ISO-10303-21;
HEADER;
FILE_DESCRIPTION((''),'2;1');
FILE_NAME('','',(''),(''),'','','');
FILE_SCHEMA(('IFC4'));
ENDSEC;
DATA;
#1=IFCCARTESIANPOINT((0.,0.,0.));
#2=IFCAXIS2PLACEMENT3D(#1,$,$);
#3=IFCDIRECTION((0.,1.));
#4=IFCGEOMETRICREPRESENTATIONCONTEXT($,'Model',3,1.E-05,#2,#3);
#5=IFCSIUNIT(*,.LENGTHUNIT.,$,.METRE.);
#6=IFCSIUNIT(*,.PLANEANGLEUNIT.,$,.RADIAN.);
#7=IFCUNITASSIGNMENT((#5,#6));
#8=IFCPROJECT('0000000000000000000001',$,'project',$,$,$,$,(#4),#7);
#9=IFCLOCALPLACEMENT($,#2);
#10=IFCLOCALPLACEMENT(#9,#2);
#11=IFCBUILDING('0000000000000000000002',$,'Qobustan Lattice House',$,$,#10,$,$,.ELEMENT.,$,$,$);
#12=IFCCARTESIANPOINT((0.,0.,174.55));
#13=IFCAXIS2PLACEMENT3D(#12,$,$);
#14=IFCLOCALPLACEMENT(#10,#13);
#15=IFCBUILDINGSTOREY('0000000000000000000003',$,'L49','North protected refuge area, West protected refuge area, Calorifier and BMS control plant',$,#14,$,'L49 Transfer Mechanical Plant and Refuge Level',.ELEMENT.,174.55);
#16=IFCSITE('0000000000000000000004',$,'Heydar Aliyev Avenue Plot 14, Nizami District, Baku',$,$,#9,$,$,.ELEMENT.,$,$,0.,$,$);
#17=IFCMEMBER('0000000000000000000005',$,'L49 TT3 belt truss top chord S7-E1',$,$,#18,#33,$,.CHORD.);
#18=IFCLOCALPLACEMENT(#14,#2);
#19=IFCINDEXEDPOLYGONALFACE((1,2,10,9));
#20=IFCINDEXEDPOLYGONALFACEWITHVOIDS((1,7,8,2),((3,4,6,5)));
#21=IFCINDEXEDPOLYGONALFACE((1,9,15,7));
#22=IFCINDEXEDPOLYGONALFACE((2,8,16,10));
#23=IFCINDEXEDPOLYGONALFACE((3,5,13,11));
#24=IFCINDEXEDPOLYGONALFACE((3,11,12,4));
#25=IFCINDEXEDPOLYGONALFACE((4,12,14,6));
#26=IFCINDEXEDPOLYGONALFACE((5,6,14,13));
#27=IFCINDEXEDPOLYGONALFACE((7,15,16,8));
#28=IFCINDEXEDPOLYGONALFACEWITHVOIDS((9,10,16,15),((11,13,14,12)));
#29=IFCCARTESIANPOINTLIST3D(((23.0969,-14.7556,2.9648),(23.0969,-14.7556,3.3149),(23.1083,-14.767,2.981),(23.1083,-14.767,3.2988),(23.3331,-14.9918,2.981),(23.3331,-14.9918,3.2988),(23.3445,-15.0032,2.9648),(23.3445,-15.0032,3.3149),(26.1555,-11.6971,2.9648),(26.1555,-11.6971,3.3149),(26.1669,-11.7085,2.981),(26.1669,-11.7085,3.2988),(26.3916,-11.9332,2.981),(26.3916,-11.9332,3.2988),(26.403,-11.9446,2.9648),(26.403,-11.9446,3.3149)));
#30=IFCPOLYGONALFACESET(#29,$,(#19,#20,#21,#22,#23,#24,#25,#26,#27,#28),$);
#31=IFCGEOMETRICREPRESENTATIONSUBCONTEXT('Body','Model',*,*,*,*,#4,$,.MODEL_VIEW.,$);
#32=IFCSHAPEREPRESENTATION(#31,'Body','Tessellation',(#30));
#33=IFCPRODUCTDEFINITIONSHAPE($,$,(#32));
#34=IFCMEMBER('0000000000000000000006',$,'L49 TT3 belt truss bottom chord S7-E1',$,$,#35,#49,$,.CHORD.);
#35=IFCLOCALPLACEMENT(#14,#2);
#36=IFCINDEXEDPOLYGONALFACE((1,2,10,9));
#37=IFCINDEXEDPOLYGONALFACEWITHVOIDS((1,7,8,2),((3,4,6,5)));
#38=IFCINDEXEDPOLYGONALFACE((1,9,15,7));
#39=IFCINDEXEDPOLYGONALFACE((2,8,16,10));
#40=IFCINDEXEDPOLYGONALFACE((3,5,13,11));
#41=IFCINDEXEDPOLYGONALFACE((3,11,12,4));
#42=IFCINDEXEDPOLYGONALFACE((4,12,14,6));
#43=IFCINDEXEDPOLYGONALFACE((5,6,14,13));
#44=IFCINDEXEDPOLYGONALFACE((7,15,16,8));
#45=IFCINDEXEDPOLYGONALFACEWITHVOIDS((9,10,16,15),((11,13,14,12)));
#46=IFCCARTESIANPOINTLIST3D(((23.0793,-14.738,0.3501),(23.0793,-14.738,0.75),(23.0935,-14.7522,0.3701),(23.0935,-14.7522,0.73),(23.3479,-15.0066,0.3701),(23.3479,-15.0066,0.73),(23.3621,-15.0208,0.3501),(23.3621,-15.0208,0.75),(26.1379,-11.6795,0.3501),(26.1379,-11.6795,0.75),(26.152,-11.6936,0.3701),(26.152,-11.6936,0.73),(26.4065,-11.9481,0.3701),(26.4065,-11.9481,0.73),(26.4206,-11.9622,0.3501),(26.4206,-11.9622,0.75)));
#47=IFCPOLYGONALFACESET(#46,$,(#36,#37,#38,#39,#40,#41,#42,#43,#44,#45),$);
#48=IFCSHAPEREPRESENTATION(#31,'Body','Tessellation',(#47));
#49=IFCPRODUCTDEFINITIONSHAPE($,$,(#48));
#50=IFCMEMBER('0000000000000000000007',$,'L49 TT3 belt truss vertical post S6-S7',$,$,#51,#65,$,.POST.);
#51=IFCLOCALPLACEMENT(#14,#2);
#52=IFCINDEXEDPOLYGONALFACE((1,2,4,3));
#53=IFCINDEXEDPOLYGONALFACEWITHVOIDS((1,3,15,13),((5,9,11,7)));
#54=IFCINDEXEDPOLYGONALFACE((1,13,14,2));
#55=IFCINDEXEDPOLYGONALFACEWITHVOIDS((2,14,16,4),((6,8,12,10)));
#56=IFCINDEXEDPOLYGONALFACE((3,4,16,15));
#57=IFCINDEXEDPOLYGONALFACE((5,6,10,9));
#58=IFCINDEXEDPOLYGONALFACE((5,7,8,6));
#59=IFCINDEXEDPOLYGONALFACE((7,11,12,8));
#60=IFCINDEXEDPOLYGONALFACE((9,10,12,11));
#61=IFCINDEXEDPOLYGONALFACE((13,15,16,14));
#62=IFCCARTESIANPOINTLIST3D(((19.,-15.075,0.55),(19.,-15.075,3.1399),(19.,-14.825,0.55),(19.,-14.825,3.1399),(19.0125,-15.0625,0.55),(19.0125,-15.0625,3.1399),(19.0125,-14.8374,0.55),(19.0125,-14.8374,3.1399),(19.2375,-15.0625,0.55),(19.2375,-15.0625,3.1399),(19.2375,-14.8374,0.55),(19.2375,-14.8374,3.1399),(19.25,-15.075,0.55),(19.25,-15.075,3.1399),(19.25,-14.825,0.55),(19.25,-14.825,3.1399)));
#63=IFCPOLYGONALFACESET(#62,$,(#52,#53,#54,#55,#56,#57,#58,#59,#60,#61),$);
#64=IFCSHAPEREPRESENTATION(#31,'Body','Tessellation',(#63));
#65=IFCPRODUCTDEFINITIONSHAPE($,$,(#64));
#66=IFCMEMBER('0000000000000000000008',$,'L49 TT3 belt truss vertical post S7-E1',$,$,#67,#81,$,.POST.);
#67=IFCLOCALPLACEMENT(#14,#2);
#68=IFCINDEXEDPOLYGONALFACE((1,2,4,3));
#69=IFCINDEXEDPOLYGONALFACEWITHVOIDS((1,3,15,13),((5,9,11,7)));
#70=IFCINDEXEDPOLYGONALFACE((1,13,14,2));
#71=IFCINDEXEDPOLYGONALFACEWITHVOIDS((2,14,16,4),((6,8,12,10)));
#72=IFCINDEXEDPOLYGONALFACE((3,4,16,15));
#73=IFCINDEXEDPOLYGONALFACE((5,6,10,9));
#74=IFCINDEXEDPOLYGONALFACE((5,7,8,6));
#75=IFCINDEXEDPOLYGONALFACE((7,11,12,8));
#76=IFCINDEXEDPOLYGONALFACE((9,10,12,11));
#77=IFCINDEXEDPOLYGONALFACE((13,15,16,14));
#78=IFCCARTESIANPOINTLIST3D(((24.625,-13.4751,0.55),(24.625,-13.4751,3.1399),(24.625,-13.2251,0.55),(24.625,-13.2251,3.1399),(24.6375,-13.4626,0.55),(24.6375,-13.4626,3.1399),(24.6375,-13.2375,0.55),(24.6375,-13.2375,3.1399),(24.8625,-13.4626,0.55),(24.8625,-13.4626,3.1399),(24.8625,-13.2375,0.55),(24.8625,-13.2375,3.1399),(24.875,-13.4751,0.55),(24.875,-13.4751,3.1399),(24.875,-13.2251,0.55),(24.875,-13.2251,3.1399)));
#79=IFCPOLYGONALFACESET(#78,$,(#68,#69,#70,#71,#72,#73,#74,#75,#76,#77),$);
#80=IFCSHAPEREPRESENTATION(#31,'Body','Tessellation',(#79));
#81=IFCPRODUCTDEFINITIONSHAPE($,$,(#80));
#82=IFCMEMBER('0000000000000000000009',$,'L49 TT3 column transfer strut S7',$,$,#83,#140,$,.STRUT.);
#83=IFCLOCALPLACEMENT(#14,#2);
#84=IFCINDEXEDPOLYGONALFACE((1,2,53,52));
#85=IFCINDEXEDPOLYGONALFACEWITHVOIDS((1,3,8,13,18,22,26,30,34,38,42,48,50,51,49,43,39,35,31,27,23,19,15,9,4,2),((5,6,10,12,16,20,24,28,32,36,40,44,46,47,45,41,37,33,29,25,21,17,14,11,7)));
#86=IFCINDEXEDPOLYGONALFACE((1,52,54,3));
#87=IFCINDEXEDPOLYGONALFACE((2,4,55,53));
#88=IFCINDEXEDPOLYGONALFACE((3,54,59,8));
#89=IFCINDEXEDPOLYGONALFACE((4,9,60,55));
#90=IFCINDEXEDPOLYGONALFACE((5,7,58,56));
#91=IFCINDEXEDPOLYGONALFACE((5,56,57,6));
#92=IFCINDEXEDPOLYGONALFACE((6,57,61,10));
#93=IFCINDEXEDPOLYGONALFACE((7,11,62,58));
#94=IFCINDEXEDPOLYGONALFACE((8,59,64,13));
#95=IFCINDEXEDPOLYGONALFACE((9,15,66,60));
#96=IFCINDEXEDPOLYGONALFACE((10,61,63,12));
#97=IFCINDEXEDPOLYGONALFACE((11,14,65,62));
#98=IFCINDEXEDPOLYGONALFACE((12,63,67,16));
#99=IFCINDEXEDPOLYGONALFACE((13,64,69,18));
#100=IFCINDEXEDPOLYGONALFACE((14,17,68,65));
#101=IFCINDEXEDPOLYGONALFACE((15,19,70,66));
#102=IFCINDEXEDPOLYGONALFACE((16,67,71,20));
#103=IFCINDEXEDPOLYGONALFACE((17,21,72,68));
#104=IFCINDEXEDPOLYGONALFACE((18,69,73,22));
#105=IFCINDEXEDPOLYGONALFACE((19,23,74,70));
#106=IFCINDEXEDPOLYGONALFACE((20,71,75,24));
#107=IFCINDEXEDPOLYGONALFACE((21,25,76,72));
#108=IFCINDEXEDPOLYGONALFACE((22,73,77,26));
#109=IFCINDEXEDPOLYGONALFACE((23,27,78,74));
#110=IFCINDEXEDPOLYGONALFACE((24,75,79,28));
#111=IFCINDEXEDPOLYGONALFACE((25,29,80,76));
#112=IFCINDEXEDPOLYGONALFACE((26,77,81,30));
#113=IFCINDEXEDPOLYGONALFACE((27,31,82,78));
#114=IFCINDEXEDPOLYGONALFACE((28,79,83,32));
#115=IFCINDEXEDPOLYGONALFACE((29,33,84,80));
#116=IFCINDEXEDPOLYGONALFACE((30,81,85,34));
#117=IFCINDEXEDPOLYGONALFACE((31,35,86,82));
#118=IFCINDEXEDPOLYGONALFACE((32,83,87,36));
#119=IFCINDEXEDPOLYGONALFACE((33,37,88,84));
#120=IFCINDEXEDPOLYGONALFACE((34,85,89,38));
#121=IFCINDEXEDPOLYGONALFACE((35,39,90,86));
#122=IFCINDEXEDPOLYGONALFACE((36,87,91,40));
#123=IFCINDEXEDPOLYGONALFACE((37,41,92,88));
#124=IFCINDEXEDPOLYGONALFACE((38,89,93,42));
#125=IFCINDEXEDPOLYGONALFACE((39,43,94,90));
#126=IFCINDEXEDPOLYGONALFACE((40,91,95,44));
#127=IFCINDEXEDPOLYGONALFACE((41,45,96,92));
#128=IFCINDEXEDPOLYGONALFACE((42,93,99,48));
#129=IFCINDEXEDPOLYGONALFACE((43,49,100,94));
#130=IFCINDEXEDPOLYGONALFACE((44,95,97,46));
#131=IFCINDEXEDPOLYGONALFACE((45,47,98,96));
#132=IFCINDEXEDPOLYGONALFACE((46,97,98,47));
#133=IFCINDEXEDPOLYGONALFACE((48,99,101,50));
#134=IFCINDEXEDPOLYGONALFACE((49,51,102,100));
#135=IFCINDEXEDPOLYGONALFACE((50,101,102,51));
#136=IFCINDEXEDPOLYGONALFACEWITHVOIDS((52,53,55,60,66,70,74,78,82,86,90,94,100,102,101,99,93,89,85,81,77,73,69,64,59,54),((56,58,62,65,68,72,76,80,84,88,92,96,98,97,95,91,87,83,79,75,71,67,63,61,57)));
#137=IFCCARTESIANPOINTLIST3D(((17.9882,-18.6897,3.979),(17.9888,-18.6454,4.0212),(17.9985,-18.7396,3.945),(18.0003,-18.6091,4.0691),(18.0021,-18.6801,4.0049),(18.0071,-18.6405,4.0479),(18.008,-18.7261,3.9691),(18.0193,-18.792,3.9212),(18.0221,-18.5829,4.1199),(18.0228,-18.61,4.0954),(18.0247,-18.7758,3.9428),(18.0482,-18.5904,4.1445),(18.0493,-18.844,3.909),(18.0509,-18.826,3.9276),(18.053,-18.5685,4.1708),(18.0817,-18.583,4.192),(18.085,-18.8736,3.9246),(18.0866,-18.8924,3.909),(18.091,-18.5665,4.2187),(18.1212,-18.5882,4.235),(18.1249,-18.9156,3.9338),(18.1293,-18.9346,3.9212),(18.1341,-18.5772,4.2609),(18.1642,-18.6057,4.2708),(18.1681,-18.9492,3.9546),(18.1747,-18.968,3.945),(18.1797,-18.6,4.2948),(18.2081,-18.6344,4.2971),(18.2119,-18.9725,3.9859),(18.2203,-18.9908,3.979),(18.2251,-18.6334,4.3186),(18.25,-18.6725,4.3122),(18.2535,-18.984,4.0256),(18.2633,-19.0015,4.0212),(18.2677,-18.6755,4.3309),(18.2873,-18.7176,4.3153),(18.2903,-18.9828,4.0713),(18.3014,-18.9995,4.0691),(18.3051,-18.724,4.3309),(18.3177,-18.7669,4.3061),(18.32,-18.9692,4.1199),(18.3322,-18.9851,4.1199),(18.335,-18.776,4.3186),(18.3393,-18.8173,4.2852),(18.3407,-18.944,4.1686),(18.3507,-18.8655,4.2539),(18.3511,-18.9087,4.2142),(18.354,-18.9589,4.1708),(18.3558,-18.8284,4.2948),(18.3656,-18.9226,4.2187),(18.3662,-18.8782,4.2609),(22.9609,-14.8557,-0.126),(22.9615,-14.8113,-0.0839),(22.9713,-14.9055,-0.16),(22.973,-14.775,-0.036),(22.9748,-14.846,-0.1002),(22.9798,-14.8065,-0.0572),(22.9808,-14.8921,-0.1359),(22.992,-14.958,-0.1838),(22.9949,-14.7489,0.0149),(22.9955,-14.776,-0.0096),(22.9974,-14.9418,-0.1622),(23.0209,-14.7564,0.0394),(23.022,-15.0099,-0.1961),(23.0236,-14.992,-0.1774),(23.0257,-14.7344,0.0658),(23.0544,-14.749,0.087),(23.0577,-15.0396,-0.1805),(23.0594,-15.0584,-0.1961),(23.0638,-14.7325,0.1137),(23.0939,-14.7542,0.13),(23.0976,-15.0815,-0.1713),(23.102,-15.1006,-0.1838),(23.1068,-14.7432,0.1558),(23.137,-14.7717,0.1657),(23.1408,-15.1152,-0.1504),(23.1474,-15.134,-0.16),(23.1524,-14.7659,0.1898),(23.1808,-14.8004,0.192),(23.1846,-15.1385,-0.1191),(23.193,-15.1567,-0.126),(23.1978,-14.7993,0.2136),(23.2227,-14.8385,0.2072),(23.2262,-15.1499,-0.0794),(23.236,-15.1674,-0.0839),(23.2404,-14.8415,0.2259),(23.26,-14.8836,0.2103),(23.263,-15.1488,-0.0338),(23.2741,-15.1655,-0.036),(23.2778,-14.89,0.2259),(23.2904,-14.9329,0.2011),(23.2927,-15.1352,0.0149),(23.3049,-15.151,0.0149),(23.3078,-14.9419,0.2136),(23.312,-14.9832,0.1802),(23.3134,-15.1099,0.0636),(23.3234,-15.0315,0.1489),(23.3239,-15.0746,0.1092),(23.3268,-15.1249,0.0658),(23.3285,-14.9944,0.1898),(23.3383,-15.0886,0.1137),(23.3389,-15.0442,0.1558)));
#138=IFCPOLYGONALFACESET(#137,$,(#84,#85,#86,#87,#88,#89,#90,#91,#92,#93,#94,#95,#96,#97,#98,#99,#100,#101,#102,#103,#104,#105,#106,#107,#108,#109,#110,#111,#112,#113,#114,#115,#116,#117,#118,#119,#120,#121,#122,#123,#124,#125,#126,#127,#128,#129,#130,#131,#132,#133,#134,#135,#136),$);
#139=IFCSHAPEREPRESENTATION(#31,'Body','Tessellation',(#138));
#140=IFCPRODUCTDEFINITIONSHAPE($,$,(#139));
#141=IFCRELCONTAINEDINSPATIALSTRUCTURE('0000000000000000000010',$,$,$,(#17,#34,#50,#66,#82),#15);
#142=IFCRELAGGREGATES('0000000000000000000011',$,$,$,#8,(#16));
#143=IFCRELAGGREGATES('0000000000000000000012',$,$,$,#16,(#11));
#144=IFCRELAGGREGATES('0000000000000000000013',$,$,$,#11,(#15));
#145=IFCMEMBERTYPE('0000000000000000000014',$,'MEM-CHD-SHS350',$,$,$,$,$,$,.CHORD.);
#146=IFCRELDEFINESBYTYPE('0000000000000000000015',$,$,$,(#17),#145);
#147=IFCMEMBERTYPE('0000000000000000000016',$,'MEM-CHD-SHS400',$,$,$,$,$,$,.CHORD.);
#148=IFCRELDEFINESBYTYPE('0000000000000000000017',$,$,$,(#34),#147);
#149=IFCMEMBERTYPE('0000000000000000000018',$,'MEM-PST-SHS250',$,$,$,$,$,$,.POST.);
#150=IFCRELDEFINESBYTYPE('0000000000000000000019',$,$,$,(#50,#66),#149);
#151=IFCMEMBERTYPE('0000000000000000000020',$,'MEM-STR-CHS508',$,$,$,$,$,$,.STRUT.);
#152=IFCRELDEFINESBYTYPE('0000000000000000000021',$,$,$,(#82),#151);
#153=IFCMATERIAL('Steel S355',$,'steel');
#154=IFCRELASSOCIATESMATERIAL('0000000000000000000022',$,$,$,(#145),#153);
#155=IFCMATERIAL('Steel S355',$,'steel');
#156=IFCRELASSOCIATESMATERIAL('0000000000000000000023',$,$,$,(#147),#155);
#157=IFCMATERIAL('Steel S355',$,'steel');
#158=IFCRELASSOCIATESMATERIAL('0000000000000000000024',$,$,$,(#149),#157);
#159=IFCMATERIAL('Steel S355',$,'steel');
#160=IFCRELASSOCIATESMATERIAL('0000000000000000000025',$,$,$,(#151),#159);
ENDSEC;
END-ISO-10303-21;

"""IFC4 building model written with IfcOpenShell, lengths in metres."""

from ifc_helpers import new_model, si_unit, direction, frame, origin, origin_2d, place, context, subcontext, project, spatial, hollow_rectangle, hollow_circle, extrude, material, material_profile, profile_set, type_object, element, save


model = new_model("IFC4")

# Units and contexts
model_context = context("Model", 3, precision=1e-05, world=origin(), true_north=direction((0.0, 1.0)))
body_context = subcontext(model_context, "Body", "Model", "MODEL_VIEW")
ifc_project = project(units=[si_unit("LENGTHUNIT", "METRE"), si_unit("PLANEANGLEUNIT", "RADIAN")], contexts=[model_context])

# Site, building, storey
site_placement = place(None, origin())
site = spatial("IfcSite", under=ifc_project, at=site_placement, Name="Heydar Aliyev Avenue Plot 14, Nizami District, Baku", CompositionType="ELEMENT", RefElevation=0.0)
building_placement = place(site_placement, origin())
building = spatial("IfcBuilding", under=site, at=building_placement, Name="Qobustan Lattice House", CompositionType="ELEMENT")
storey_placement = place(building_placement, frame((0.0, 0.0, 174.55)))
storey = spatial("IfcBuildingStorey", under=building, at=storey_placement, Name="L49", Description="North protected refuge area, West protected refuge area, Calorifier and BMS control plant", LongName="L49 Transfer Mechanical Plant and Refuge Level", CompositionType="ELEMENT", Elevation=174.55)

# Members
ifc_material_1 = material(Name="Steel S355", Category="steel")
ifc_material_profile_1 = material_profile(ifc_material_1, hollow_rectangle(XDim=0.3501, YDim=0.3501, WallThickness=0.0161, at=origin_2d()), Name="SHS350x350x16")
ifc_profile_set_1 = profile_set([ifc_material_profile_1], Name="Steel S355")
member_type_1 = type_object("IfcMemberType", Name="MEM-CHD-SHS350", PredefinedType="CHORD", material=ifc_profile_set_1)
member_1_placement = place(storey_placement, frame((23.2207, -14.8794, 3.1399), z_axis=(0.707107, 0.707107, 0.0), x_axis=(-0.707107, 0.707107, 0.0)))
element("IfcMember", 1, at=member_1_placement, inside=storey, type_object=member_type_1, Name="L49 TT3 belt truss top chord S7-E1", PredefinedType="CHORD", context=body_context, shape_type="SweptSolid", body=[
    extrude(hollow_rectangle(XDim=0.3501, YDim=0.3501, WallThickness=0.0161, at=origin_2d()), origin(), (0.0, 0.0, 1.0), 4.3254),
])
ifc_material_2 = material(Name="Steel S355", Category="steel")
ifc_material_profile_2 = material_profile(ifc_material_2, hollow_rectangle(XDim=0.3999, YDim=0.3999, WallThickness=0.02, at=origin_2d()), Name="SHS400x400x20")
ifc_profile_set_2 = profile_set([ifc_material_profile_2], Name="Steel S355")
member_type_2 = type_object("IfcMemberType", Name="MEM-CHD-SHS400", PredefinedType="CHORD", material=ifc_profile_set_2)
member_2_placement = place(storey_placement, frame((23.2207, -14.8794, 0.55), z_axis=(0.707107, 0.707107, 0.0), x_axis=(-0.707107, 0.707107, 0.0)))
element("IfcMember", 2, at=member_2_placement, inside=storey, type_object=member_type_2, Name="L49 TT3 belt truss bottom chord S7-E1", PredefinedType="CHORD", context=body_context, shape_type="SweptSolid", body=[
    extrude(hollow_rectangle(XDim=0.3999, YDim=0.3999, WallThickness=0.02, at=origin_2d()), origin(), (0.0, 0.0, 1.0), 4.3254),
])
ifc_material_3 = material(Name="Steel S355", Category="steel")
ifc_material_profile_3 = material_profile(ifc_material_3, hollow_rectangle(XDim=0.25, YDim=0.25, WallThickness=0.0125, at=origin_2d()), Name="SHS250x250x12.5")
ifc_profile_set_3 = profile_set([ifc_material_profile_3], Name="Steel S355")
member_type_3 = type_object("IfcMemberType", Name="MEM-PST-SHS250", PredefinedType="POST", material=ifc_profile_set_3)
for number, where, z_axis, x_axis, name in (
    (3, (19.125, -14.95, 0.55), (0.0, 0.0, 1.0), (1.0, 0.0, 0.0), "L49 TT3 belt truss vertical post S6-S7"),
    (4, (24.75, -13.3501, 0.55), (0.0, 0.0, 1.0), (1.0, 0.0, 0.0), "L49 TT3 belt truss vertical post S7-E1"),
):
    element("IfcMember", number, at=place(storey_placement, frame(where, z_axis=z_axis, x_axis=x_axis)), inside=storey, type_object=member_type_3, Name=name, PredefinedType="POST", context=body_context, shape_type="SweptSolid", body=[
        extrude(hollow_rectangle(XDim=0.25, YDim=0.25, WallThickness=0.0125, at=origin_2d()), origin(), (0.0, 0.0, 1.0), 2.5898),
    ])
ifc_material_4 = material(Name="Steel S355", Category="steel")
ifc_material_profile_4 = material_profile(ifc_material_4, hollow_circle(Radius=0.2539, WallThickness=0.02, at=origin_2d()), Name="CHS508x20")
ifc_profile_set_4 = profile_set([ifc_material_profile_4], Name="Steel S355")
member_type_4 = type_object("IfcMemberType", Name="MEM-STR-CHS508", PredefinedType="STRUT", material=ifc_profile_set_4)
member_3_placement = place(storey_placement, frame((23.1499, -14.95, 0.0149), z_axis=(-0.662858, -0.511072, 0.547196), x_axis=(0.610597, -0.791941, 0.0)))
element("IfcMember", 5, at=member_3_placement, inside=storey, type_object=member_type_4, Name="L49 TT3 column transfer strut S7", PredefinedType="STRUT", context=body_context, shape_type="SweptSolid", body=[
    extrude(hollow_circle(Radius=0.2539, WallThickness=0.02, at=origin_2d()), origin(), (0.0, 0.0, 1.0), 7.502),
])

save(model, "model.ifc")
